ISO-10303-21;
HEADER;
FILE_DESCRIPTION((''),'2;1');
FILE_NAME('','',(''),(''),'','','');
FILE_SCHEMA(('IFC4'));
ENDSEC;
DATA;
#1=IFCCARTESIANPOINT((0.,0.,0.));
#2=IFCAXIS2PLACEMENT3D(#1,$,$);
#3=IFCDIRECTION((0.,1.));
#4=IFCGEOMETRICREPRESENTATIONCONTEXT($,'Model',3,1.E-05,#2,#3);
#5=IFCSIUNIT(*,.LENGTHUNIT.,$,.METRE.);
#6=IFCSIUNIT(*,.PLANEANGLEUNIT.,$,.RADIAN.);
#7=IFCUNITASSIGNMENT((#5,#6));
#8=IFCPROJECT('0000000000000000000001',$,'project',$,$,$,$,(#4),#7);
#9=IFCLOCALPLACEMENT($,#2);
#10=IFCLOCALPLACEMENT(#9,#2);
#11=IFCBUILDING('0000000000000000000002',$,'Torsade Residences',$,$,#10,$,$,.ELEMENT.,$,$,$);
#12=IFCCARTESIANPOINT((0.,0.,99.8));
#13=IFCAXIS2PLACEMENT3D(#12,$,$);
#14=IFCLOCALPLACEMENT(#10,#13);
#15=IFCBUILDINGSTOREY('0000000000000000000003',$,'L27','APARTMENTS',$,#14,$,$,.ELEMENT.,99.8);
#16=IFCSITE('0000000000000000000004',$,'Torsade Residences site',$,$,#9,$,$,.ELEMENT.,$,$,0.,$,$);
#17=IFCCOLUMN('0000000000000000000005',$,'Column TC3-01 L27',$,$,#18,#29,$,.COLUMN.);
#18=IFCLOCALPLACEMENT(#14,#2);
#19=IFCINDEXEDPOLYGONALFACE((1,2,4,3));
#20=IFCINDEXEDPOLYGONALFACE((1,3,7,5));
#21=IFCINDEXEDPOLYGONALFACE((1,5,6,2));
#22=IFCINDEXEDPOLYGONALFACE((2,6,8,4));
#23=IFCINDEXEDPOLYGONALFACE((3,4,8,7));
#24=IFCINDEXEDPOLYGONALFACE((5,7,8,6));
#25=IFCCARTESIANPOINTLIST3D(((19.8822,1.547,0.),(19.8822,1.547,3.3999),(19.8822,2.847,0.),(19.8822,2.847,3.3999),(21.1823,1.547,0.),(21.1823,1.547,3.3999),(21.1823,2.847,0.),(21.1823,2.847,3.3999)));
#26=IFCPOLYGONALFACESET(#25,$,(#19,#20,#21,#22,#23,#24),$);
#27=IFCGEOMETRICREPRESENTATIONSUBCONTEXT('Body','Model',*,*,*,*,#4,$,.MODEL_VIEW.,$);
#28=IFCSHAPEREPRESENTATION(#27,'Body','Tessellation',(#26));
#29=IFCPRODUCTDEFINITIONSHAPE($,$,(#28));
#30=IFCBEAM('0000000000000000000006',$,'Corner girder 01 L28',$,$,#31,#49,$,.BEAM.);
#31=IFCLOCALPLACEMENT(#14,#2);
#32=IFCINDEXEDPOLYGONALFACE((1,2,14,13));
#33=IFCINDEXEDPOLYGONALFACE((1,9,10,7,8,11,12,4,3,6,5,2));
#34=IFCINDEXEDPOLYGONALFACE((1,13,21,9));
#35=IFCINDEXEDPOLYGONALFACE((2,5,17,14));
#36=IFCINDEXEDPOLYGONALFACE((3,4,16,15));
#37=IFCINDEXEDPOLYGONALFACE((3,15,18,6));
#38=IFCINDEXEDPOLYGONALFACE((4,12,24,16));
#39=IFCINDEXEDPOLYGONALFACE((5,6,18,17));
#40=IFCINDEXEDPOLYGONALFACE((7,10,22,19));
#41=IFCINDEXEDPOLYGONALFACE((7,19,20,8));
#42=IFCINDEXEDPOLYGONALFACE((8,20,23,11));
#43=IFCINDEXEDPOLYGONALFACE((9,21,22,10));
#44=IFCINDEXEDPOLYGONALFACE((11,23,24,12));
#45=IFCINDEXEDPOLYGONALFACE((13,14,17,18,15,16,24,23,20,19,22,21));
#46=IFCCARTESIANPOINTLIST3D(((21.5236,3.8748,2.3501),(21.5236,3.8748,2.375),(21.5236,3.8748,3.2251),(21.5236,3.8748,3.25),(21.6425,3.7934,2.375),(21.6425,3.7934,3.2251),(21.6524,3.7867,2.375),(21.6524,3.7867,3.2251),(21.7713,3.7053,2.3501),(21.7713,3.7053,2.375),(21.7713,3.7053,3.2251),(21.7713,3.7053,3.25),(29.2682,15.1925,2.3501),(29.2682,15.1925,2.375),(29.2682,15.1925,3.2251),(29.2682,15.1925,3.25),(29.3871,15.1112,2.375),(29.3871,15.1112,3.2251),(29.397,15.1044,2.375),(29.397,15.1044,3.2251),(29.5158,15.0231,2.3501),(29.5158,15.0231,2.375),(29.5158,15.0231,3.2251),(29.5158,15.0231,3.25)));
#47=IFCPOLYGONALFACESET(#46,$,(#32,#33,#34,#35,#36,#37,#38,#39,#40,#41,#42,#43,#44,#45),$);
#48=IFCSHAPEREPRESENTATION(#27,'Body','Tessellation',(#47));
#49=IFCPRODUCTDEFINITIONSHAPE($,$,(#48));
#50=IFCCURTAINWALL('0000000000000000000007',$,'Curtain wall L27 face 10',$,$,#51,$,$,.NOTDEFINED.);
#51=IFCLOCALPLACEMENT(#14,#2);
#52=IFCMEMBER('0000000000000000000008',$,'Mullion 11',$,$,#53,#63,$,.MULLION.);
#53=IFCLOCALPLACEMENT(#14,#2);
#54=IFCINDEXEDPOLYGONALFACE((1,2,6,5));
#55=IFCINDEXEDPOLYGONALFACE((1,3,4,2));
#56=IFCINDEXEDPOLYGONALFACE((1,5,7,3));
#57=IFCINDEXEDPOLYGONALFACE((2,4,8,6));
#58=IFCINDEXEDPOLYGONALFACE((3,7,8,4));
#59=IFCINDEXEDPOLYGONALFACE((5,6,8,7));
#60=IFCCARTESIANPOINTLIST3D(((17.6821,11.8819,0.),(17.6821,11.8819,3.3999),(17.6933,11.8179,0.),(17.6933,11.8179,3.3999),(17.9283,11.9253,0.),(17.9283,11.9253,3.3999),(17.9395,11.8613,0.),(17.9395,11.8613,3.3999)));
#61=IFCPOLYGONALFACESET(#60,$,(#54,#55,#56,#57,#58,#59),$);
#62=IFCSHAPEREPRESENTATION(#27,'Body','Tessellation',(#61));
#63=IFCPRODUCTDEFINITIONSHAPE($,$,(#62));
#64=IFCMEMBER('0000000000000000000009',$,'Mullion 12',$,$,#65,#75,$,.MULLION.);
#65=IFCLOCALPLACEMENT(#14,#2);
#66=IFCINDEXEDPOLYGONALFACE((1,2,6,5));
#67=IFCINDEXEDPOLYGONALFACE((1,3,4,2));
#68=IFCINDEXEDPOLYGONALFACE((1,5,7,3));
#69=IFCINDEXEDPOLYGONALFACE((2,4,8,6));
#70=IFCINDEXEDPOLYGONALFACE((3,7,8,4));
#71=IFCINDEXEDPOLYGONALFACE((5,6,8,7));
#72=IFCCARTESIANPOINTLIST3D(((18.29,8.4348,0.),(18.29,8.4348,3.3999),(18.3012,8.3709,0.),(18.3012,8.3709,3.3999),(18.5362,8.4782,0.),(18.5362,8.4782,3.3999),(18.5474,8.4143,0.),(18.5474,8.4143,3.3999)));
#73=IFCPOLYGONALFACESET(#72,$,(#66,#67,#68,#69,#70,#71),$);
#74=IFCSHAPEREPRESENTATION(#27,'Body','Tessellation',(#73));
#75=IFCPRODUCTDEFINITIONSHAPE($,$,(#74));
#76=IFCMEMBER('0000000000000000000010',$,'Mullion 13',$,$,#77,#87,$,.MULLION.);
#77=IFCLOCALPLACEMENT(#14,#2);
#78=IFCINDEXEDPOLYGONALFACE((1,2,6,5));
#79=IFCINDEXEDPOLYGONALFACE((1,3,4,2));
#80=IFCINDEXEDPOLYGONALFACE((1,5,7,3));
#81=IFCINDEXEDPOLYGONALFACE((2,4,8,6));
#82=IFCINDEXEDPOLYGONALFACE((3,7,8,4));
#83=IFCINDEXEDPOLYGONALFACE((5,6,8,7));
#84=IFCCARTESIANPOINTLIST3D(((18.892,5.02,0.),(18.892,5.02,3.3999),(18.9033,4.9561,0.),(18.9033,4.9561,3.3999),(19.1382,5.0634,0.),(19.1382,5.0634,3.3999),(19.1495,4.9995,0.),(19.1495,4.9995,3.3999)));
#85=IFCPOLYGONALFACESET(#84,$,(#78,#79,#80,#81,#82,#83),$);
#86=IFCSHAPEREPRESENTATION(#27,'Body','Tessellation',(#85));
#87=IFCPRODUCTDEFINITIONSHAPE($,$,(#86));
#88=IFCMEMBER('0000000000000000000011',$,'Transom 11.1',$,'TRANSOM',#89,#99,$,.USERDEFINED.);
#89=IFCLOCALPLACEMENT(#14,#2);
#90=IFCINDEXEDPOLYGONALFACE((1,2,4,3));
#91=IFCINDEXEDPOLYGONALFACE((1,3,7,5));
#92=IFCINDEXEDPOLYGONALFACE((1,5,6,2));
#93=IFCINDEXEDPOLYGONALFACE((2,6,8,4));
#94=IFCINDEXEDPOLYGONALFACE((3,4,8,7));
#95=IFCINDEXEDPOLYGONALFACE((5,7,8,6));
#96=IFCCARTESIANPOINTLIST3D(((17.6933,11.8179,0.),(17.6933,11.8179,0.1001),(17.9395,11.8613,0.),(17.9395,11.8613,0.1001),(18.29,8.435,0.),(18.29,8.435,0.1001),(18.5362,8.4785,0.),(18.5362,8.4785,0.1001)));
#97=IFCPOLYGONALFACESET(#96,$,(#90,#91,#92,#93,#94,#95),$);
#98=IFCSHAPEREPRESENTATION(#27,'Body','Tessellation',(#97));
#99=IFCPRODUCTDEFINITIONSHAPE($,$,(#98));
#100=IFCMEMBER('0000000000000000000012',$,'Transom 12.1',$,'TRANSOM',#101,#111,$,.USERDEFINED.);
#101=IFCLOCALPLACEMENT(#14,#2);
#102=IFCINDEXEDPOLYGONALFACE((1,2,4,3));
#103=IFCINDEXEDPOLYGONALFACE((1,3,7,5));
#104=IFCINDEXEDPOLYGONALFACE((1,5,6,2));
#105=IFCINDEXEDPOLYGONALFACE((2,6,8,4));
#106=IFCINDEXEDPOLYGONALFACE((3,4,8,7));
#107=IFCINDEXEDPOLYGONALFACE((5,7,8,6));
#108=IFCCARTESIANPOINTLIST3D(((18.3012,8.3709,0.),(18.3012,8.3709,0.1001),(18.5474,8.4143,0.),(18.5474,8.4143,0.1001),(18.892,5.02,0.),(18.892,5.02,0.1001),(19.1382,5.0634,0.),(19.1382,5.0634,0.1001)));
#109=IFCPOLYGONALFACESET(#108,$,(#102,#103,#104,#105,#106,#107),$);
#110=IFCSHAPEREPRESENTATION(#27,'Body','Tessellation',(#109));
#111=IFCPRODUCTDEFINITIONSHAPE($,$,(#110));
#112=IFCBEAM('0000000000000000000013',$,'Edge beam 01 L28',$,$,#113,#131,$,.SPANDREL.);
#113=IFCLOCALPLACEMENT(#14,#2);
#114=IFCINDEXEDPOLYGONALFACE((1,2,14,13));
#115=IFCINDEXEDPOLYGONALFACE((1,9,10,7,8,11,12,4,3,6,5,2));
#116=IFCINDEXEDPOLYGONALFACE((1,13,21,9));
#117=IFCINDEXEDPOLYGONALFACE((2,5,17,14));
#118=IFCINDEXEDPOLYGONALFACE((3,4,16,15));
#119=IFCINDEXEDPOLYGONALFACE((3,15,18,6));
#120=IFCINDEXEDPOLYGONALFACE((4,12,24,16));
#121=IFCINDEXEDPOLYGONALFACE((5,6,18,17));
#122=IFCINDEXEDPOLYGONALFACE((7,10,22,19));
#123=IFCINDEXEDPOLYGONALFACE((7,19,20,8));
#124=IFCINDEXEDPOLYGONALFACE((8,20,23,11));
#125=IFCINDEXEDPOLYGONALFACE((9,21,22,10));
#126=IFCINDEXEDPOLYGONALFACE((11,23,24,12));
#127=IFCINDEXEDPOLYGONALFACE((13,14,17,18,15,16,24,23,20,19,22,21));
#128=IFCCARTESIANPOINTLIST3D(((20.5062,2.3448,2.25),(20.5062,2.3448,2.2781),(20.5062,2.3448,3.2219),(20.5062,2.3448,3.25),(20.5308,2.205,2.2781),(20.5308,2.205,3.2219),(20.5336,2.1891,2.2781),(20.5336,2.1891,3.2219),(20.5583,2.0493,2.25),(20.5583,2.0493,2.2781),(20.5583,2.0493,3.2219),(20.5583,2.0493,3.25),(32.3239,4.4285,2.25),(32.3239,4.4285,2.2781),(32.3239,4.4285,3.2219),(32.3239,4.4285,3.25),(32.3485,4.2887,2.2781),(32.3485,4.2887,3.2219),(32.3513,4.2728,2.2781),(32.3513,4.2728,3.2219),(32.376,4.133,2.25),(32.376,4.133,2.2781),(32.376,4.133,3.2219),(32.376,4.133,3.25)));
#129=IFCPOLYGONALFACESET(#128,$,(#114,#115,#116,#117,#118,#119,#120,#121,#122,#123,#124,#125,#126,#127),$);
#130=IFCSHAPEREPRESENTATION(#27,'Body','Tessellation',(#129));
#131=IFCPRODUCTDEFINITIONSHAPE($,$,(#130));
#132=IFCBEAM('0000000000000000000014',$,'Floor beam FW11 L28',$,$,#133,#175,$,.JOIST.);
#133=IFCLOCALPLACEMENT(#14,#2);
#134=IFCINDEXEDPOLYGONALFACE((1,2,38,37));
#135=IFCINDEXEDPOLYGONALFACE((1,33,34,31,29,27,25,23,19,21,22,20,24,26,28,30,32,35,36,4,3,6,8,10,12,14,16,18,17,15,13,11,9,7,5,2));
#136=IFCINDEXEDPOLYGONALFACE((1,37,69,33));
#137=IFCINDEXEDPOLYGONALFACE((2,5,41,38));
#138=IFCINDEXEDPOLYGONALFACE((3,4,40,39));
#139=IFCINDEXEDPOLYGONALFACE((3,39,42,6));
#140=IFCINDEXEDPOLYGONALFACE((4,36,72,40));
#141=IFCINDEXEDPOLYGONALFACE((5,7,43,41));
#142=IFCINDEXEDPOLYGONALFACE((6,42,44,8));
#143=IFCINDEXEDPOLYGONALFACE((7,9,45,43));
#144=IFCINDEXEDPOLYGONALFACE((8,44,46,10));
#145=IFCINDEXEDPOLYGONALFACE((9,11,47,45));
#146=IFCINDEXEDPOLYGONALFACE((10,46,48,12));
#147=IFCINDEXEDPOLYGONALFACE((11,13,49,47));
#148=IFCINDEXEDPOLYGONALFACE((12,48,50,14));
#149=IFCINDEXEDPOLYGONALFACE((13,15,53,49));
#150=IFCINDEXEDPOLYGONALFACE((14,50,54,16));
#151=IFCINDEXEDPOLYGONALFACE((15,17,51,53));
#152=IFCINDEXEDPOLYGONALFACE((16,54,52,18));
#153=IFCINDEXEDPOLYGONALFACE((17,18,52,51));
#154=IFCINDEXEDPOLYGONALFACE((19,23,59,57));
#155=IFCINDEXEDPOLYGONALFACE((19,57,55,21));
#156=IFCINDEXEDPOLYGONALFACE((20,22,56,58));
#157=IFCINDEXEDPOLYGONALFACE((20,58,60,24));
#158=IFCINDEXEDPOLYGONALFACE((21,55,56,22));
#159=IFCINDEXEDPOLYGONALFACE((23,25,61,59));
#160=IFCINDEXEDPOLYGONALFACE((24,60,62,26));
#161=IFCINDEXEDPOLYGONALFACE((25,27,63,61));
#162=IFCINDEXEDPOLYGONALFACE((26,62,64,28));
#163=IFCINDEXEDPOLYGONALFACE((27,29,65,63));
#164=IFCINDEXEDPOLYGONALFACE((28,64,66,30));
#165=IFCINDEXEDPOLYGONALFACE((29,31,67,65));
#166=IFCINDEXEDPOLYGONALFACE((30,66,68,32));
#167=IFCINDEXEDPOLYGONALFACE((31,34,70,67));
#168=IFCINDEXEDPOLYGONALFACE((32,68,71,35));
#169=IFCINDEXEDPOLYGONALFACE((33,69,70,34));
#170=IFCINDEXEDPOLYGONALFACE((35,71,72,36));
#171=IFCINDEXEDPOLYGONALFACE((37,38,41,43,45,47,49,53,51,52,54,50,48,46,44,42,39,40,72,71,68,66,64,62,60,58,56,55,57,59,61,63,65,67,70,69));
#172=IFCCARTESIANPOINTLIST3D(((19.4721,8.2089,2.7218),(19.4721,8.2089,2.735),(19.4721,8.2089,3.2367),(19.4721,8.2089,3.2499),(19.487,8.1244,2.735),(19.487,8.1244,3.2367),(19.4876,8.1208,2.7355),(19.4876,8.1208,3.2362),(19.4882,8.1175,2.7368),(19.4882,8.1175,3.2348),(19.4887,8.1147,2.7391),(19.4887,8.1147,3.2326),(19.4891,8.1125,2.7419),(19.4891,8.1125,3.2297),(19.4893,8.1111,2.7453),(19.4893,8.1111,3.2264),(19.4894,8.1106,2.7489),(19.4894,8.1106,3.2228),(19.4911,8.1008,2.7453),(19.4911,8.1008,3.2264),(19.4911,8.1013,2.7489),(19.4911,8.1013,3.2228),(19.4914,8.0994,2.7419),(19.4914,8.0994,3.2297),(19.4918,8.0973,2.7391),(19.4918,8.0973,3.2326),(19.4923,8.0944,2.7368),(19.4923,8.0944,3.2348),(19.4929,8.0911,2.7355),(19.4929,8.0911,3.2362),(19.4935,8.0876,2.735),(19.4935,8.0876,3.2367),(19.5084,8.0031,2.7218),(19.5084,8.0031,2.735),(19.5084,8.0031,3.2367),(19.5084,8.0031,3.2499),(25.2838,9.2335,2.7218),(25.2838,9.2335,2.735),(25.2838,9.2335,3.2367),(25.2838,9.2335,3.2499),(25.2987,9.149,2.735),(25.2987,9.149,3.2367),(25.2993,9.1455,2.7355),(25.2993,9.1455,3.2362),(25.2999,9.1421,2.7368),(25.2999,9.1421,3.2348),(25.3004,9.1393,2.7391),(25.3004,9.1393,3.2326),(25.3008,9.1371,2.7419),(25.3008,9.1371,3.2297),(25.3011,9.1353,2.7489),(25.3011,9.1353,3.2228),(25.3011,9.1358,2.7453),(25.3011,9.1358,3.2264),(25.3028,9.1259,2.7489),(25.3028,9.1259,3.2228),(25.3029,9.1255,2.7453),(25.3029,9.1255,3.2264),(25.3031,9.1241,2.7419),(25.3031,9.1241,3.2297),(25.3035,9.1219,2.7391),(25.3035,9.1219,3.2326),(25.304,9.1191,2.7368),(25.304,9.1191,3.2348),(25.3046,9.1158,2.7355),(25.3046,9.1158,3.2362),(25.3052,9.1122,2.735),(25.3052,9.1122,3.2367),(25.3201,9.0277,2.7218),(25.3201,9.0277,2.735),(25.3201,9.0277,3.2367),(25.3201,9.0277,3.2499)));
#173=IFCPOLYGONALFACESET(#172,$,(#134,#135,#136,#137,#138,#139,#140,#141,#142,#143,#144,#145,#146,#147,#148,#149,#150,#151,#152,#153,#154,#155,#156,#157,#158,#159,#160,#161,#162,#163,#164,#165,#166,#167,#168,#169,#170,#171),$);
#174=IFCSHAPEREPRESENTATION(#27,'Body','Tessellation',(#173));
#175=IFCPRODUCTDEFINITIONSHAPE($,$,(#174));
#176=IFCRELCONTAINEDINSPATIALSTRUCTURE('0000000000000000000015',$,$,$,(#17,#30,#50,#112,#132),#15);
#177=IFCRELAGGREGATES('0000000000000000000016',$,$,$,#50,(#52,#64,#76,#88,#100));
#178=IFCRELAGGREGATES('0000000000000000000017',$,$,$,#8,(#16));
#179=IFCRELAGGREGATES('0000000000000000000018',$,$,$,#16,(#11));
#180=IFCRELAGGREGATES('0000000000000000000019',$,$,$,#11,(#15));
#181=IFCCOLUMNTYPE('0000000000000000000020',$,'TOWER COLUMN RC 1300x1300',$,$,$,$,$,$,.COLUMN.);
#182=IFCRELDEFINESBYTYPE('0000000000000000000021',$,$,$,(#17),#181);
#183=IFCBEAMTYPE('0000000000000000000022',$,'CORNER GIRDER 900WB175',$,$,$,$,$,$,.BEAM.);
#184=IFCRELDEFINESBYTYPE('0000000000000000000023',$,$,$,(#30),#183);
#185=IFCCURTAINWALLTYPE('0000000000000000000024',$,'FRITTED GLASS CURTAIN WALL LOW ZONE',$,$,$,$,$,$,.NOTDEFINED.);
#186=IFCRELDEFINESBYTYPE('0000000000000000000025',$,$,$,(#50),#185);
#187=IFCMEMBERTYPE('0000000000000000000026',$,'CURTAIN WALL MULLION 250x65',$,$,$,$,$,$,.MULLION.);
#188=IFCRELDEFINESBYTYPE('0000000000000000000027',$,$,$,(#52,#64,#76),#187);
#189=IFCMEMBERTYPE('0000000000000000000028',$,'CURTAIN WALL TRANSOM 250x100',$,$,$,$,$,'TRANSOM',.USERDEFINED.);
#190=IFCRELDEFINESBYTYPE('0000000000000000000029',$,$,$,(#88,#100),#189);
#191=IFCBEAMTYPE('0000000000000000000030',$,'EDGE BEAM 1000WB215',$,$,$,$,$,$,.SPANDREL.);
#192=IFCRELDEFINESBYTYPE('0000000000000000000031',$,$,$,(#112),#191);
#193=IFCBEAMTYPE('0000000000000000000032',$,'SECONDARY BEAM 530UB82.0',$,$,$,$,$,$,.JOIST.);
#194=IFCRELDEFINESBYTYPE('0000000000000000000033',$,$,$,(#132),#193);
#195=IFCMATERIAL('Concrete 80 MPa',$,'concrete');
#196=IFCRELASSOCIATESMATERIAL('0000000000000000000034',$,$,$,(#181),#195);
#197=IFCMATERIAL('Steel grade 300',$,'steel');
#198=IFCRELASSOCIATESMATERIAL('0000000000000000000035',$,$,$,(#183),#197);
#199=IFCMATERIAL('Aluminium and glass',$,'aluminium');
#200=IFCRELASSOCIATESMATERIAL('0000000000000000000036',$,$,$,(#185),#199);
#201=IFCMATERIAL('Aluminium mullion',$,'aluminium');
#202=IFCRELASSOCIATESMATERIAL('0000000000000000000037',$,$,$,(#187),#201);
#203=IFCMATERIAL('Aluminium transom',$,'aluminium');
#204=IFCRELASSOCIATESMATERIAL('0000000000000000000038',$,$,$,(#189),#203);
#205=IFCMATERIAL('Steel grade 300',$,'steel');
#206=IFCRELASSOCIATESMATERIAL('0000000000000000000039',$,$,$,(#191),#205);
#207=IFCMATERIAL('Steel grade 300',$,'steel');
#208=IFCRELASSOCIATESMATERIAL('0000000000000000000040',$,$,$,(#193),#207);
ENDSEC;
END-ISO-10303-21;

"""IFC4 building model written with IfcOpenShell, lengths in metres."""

from ifc_helpers import new_model, si_unit, direction, frame, origin, origin_2d, place, context, subcontext, project, spatial, rectangle, i_section, extrude, material, material_profile, profile_set, type_object, element, aggregate, save


model = new_model("IFC4")

# Units and contexts
model_context = context("Model", 3, precision=1e-05, world=origin(), true_north=direction((0.0, 1.0)))
body_context = subcontext(model_context, "Body", "Model", "MODEL_VIEW")
ifc_project = project(units=[si_unit("LENGTHUNIT", "METRE"), si_unit("PLANEANGLEUNIT", "RADIAN")], contexts=[model_context])

# Site, building, storey
site_placement = place(None, origin())
site = spatial("IfcSite", under=ifc_project, at=site_placement, Name="Torsade Residences site", CompositionType="ELEMENT", RefElevation=0.0)
building_placement = place(site_placement, origin())
building = spatial("IfcBuilding", under=site, at=building_placement, Name="Torsade Residences", CompositionType="ELEMENT")
storey_placement = place(building_placement, frame((0.0, 0.0, 99.8)))
storey = spatial("IfcBuildingStorey", under=building, at=storey_placement, Name="L27", Description="APARTMENTS", CompositionType="ELEMENT", Elevation=99.8)

# Column
ifc_material_1 = material(Name="Concrete 80 MPa", Category="concrete")
ifc_material_profile_1 = material_profile(ifc_material_1, rectangle(XDim=1.3, YDim=1.3, at=origin_2d()), Name="RC 1300x1300")
ifc_profile_set_1 = profile_set([ifc_material_profile_1], Name="Concrete 80 MPa")
column_type = type_object("IfcColumnType", Name="TOWER COLUMN RC 1300x1300", PredefinedType="COLUMN", material=ifc_profile_set_1)
column_placement = place(storey_placement, frame((20.5322, 2.197, 0.0), z_axis=(0.0, 0.0, 1.0), x_axis=(1.0, 0.0, 0.0)))
element("IfcColumn", 1, at=column_placement, inside=storey, type_object=column_type, Name="Column TC3-01 L27", PredefinedType="COLUMN", context=body_context, shape_type="SweptSolid", body=[
    extrude(rectangle(XDim=1.3, YDim=1.3, at=origin_2d()), origin(), (0.0, 0.0, 1.0), 3.3999),
])

# Beam
ifc_material_2 = material(Name="Steel grade 300", Category="steel")
ifc_material_profile_2 = material_profile(ifc_material_2, i_section(OverallWidth=0.3, OverallDepth=0.8999, WebThickness=0.012, FlangeThickness=0.0249, at=origin_2d()), Name="900WB175")
ifc_profile_set_2 = profile_set([ifc_material_profile_2], Name="Steel grade 300")
beam_type_1 = type_object("IfcBeamType", Name="CORNER GIRDER 900WB175", PredefinedType="BEAM", material=ifc_profile_set_2)
beam_1_placement = place(storey_placement, frame((21.6475, 3.79, 2.8), z_axis=(0.564725, 0.825279, 0.0), x_axis=(-0.825279, 0.564725, 0.0)))
element("IfcBeam", 2, at=beam_1_placement, inside=storey, type_object=beam_type_1, Name="Corner girder 01 L28", PredefinedType="BEAM", context=body_context, shape_type="SweptSolid", body=[
    extrude(i_section(OverallWidth=0.3, OverallDepth=0.8999, WebThickness=0.012, FlangeThickness=0.0249, at=origin_2d()), origin(), (0.0, 0.0, 1.0), 13.7139),
])

# Curtain wall, members
ifc_material_3 = material(Name="Aluminium and glass", Category="aluminium")
curtain_wall_type = type_object("IfcCurtainWallType", Name="FRITTED GLASS CURTAIN WALL LOW ZONE", PredefinedType="NOTDEFINED", material=ifc_material_3)
curtain_wall_placement = place(storey_placement, origin())
curtain_wall = element("IfcCurtainWall", 3, at=curtain_wall_placement, inside=storey, type_object=curtain_wall_type, Name="Curtain wall L27 face 10", PredefinedType="NOTDEFINED")
ifc_material_4 = material(Name="Aluminium mullion", Category="aluminium")
ifc_material_profile_3 = material_profile(ifc_material_4, rectangle(XDim=0.25, YDim=0.0649, at=origin_2d()), Name="CURTAIN WALL MULLION 250x65")
ifc_profile_set_3 = profile_set([ifc_material_profile_3], Name="Aluminium mullion")
member_type_1 = type_object("IfcMemberType", Name="CURTAIN WALL MULLION 250x65", PredefinedType="MULLION", material=ifc_profile_set_3)
member_1_placement = place(storey_placement, frame((17.8108, 11.8716, 0.0), z_axis=(0.0, 0.0, 1.0), x_axis=(0.984808, 0.173648, 0.0)))
member_1 = element("IfcMember", 4, at=member_1_placement, type_object=member_type_1, Name="Mullion 11", PredefinedType="MULLION", context=body_context, shape_type="SweptSolid", body=[
    extrude(rectangle(XDim=0.25, YDim=0.0649, at=origin_2d()), origin(), (0.0, 0.0, 1.0), 3.3999),
])
member_2_placement = place(storey_placement, frame((18.4187, 8.4246, 0.0), z_axis=(0.0, 0.0, 1.0), x_axis=(0.984808, 0.173648, 0.0)))
member_2 = element("IfcMember", 5, at=member_2_placement, type_object=member_type_1, Name="Mullion 12", PredefinedType="MULLION", context=body_context, shape_type="SweptSolid", body=[
    extrude(rectangle(XDim=0.25, YDim=0.0649, at=origin_2d()), origin(), (0.0, 0.0, 1.0), 3.3999),
])
member_3_placement = place(storey_placement, frame((19.0208, 5.0098, 0.0), z_axis=(0.0, 0.0, 1.0), x_axis=(0.984808, 0.173648, 0.0)))
member_3 = element("IfcMember", 6, at=member_3_placement, type_object=member_type_1, Name="Mullion 13", PredefinedType="MULLION", context=body_context, shape_type="SweptSolid", body=[
    extrude(rectangle(XDim=0.25, YDim=0.0649, at=origin_2d()), origin(), (0.0, 0.0, 1.0), 3.3999),
])
ifc_material_5 = material(Name="Aluminium transom", Category="aluminium")
ifc_material_profile_4 = material_profile(ifc_material_5, rectangle(XDim=0.25, YDim=0.1001, at=origin_2d()), Name="CURTAIN WALL TRANSOM 250x100")
ifc_profile_set_4 = profile_set([ifc_material_profile_4], Name="Aluminium transom")
member_type_2 = type_object("IfcMemberType", Name="CURTAIN WALL TRANSOM 250x100", ElementType="TRANSOM", PredefinedType="USERDEFINED", material=ifc_profile_set_4)
member_4_placement = place(storey_placement, frame((17.8164, 11.8396, 0.05), z_axis=(0.173704, -0.984798, 0.0), x_axis=(0.984798, 0.173704, 0.0)))
member_4 = element("IfcMember", 7, at=member_4_placement, type_object=member_type_2, Name="Transom 11.1", ObjectType="TRANSOM", PredefinedType="USERDEFINED", context=body_context, shape_type="SweptSolid", body=[
    extrude(rectangle(XDim=0.25, YDim=0.1001, at=origin_2d()), origin(), (0.0, 0.0, 1.0), 3.4351),
])
member_5_placement = place(storey_placement, frame((18.4243, 8.3926, 0.05), z_axis=(0.173642, -0.984809, 0.0), x_axis=(0.984809, 0.173642, 0.0)))
member_5 = element("IfcMember", 8, at=member_5_placement, type_object=member_type_2, Name="Transom 12.1", ObjectType="TRANSOM", PredefinedType="USERDEFINED", context=body_context, shape_type="SweptSolid", body=[
    extrude(rectangle(XDim=0.25, YDim=0.1001, at=origin_2d()), origin(), (0.0, 0.0, 1.0), 3.4026),
])

# Beams
ifc_material_6 = material(Name="Steel grade 300", Category="steel")
ifc_material_profile_5 = material_profile(ifc_material_6, i_section(OverallWidth=0.3, OverallDepth=1.0, WebThickness=0.0161, FlangeThickness=0.0281, at=origin_2d()), Name="1000WB215")
ifc_profile_set_5 = profile_set([ifc_material_profile_5], Name="Steel grade 300")
beam_type_2 = type_object("IfcBeamType", Name="EDGE BEAM 1000WB215", PredefinedType="SPANDREL", material=ifc_profile_set_5)
beam_2_placement = place(storey_placement, frame((20.5322, 2.197, 2.75), z_axis=(0.984808, 0.173646, 0.0), x_axis=(-0.173646, 0.984808, 0.0)))
element("IfcBeam", 9, at=beam_2_placement, inside=storey, type_object=beam_type_2, Name="Edge beam 01 L28", PredefinedType="SPANDREL", context=body_context, shape_type="SweptSolid", body=[
    extrude(i_section(OverallWidth=0.3, OverallDepth=1.0, WebThickness=0.0161, FlangeThickness=0.0281, at=origin_2d()), origin(), (0.0, 0.0, 1.0), 12.0),
])
ifc_material_7 = material(Name="Steel grade 300", Category="steel")
ifc_material_profile_6 = material_profile(ifc_material_7, i_section(OverallWidth=0.209, OverallDepth=0.5281, WebThickness=0.0095, FlangeThickness=0.0132, FilletRadius=0.0139, at=origin_2d()), Name="530UB82.0")
ifc_profile_set_6 = profile_set([ifc_material_profile_6], Name="Steel grade 300")
beam_type_3 = type_object("IfcBeamType", Name="SECONDARY BEAM 530UB82.0", PredefinedType="JOIST", material=ifc_profile_set_6)
beam_3_placement = place(storey_placement, frame((19.4902, 8.106, 2.9858), z_axis=(0.984811, 0.17363, 0.0), x_axis=(-0.17363, 0.984811, 0.0)))
element("IfcBeam", 10, at=beam_3_placement, inside=storey, type_object=beam_type_3, Name="Floor beam FW11 L28", PredefinedType="JOIST", context=body_context, shape_type="SweptSolid", body=[
    extrude(i_section(OverallWidth=0.209, OverallDepth=0.5281, WebThickness=0.0095, FlangeThickness=0.0132, FilletRadius=0.0139, at=origin_2d()), origin(), (0.0, 0.0, 1.0), 5.9014),
])

aggregate(curtain_wall, [member_1, member_2, member_3, member_4, member_5])

save(model, "model.ifc")
